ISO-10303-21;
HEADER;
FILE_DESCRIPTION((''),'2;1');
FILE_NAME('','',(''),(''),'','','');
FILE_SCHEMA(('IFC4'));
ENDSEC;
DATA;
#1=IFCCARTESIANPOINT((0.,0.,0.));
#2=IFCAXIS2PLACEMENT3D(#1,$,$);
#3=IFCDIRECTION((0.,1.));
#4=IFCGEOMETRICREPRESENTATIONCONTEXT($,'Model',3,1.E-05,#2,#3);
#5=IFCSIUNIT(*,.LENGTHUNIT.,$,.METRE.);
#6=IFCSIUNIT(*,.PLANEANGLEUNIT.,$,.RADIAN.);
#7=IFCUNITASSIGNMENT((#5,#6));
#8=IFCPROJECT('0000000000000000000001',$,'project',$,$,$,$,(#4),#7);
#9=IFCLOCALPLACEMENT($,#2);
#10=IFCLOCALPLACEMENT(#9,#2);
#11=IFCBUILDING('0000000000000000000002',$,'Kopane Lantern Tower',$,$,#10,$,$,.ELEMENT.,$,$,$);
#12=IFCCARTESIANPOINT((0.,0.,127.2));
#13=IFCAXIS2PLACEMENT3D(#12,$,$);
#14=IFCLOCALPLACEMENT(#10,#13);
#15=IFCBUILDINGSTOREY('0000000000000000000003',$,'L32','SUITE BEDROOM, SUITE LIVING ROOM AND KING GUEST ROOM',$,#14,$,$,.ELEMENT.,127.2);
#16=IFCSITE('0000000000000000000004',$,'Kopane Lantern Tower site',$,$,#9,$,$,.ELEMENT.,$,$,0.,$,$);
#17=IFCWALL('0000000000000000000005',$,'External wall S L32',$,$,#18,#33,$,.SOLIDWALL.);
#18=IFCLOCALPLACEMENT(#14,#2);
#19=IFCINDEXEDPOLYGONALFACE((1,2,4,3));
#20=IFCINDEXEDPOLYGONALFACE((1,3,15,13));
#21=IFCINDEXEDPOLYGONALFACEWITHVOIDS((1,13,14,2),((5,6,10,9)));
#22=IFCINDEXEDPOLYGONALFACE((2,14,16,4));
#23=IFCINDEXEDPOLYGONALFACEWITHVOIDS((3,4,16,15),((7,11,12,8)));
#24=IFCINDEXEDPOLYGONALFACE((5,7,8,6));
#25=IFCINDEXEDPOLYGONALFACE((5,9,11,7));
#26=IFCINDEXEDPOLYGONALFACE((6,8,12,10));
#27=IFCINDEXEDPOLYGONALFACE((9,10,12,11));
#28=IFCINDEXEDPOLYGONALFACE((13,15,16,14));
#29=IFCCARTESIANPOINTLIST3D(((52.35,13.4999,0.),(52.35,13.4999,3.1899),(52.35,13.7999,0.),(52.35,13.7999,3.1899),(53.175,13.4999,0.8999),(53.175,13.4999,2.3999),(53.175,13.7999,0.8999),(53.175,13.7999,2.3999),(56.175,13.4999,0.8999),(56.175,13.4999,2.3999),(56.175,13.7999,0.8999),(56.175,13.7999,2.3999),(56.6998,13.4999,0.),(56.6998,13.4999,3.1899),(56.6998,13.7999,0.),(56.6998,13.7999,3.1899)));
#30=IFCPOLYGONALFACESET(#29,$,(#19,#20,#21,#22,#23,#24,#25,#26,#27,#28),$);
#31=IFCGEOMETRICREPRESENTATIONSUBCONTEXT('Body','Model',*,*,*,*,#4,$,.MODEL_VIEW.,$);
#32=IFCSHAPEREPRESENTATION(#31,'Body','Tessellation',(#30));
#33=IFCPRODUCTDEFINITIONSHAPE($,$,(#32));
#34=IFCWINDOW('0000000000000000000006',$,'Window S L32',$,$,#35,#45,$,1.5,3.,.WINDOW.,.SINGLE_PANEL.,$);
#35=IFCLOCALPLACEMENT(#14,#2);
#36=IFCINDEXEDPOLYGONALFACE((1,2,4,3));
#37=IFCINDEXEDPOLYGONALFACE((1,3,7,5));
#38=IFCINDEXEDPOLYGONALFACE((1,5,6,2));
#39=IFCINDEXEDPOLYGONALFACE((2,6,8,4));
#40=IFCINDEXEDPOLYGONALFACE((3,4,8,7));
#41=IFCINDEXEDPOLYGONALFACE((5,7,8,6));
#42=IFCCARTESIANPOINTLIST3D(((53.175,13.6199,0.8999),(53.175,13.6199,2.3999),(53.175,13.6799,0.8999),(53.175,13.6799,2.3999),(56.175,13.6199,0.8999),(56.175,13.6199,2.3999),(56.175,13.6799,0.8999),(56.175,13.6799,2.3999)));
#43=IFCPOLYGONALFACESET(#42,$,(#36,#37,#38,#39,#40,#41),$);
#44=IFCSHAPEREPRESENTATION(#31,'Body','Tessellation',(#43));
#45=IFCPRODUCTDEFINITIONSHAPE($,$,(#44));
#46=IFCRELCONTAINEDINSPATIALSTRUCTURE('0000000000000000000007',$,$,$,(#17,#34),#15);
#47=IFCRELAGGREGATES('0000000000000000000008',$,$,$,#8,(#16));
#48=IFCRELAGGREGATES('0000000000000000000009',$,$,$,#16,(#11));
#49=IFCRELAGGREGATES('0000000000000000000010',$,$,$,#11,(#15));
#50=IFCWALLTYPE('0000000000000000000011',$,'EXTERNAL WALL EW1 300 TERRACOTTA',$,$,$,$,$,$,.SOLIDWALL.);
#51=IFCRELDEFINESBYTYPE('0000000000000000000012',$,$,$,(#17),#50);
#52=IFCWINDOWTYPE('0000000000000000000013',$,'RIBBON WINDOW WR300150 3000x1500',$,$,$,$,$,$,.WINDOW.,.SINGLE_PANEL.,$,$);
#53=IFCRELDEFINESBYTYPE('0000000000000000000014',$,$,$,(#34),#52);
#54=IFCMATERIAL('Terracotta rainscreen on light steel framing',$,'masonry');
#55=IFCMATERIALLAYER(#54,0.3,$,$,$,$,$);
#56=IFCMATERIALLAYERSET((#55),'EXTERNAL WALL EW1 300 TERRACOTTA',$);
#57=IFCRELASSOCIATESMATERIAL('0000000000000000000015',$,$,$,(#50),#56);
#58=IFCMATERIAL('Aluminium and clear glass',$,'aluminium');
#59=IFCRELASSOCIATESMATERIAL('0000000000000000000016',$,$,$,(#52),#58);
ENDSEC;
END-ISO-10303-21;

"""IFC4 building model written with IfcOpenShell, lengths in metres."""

from ifc_helpers import new_model, si_unit, direction, frame, frame_2d, origin, place, context, subcontext, project, spatial, rectangle, extrude, material, layer, layer_set, type_object, element, fill, save


model = new_model("IFC4")

# Units and contexts
model_context = context("Model", 3, precision=1e-05, world=origin(), true_north=direction((0.0, 1.0)))
body_context = subcontext(model_context, "Body", "Model", "MODEL_VIEW")
ifc_project = project(units=[si_unit("LENGTHUNIT", "METRE"), si_unit("PLANEANGLEUNIT", "RADIAN")], contexts=[model_context])

# Site, building, storey
site_placement = place(None, origin())
site = spatial("IfcSite", under=ifc_project, at=site_placement, Name="Kopane Lantern Tower site", CompositionType="ELEMENT", RefElevation=0.0)
building_placement = place(site_placement, origin())
building = spatial("IfcBuilding", under=site, at=building_placement, Name="Kopane Lantern Tower", CompositionType="ELEMENT")
storey_placement = place(building_placement, frame((0.0, 0.0, 127.2)))
storey = spatial("IfcBuildingStorey", under=building, at=storey_placement, Name="L32", Description="SUITE BEDROOM, SUITE LIVING ROOM AND KING GUEST ROOM", CompositionType="ELEMENT", Elevation=127.2)

# Wall, opening, window
ifc_material_1 = material(Name="Terracotta rainscreen on light steel framing", Category="masonry")
ifc_layer_1 = layer(ifc_material_1, 0.3)
ifc_layer_set_1 = layer_set([ifc_layer_1], Name="EXTERNAL WALL EW1 300 TERRACOTTA")
wall_type_1 = type_object("IfcWallType", Name="EXTERNAL WALL EW1 300 TERRACOTTA", PredefinedType="SOLIDWALL", material=ifc_layer_set_1)
wall_1_placement = place(storey_placement, frame((52.3501, 13.6499, 0.0), z_axis=(0.0, 0.0, 1.0), x_axis=(1.0, 0.0, 0.0)))
wall_1 = element("IfcWall", 1, at=wall_1_placement, inside=storey, type_object=wall_type_1, Name="External wall S L32", PredefinedType="SOLIDWALL", context=body_context, shape_type="SweptSolid", body=[
    extrude(rectangle(XDim=4.3499, YDim=0.3, at=frame_2d((2.1748, 0.0))), origin(), (0.0, 0.0, 1.0), 3.1899),
])
opening_1_placement = place(wall_1_placement, frame((0.825, 0.0, 0.8999)))
opening_1 = element("IfcOpeningElement", 2, at=opening_1_placement, cuts=wall_1, PredefinedType="OPENING", context=body_context, shape_type="SweptSolid", body=[
    extrude(rectangle(XDim=3.0, YDim=1.5, at=frame_2d((1.5, 0.75))), frame((0.0, 0.1599, 0.0), z_axis=(0.0, -1.0, 0.0), x_axis=(1.0, 0.0, 0.0)), (0.0, 0.0, 1.0), 0.3201),
])
ifc_material_2 = material(Name="Aluminium and clear glass", Category="aluminium")
window_type_1 = type_object("IfcWindowType", Name="RIBBON WINDOW WR300150 3000x1500", PartitioningType="SINGLE_PANEL", PredefinedType="WINDOW", material=ifc_material_2)
window_1_placement = place(opening_1_placement, origin())
window_1 = element("IfcWindow", 3, at=window_1_placement, inside=storey, type_object=window_type_1, Name="Window S L32", OverallHeight=1.5, OverallWidth=3.0, PartitioningType="SINGLE_PANEL", PredefinedType="WINDOW", context=body_context, shape_type="SweptSolid", body=[
    extrude(rectangle(XDim=3.0, YDim=1.5, at=frame_2d((1.5, 0.75))), frame((0.0, 0.03, 0.0), z_axis=(0.0, -1.0, 0.0), x_axis=(1.0, 0.0, 0.0)), (0.0, 0.0, 1.0), 0.0601),
])
fill(opening_1, window_1)

save(model, "model.ifc")
